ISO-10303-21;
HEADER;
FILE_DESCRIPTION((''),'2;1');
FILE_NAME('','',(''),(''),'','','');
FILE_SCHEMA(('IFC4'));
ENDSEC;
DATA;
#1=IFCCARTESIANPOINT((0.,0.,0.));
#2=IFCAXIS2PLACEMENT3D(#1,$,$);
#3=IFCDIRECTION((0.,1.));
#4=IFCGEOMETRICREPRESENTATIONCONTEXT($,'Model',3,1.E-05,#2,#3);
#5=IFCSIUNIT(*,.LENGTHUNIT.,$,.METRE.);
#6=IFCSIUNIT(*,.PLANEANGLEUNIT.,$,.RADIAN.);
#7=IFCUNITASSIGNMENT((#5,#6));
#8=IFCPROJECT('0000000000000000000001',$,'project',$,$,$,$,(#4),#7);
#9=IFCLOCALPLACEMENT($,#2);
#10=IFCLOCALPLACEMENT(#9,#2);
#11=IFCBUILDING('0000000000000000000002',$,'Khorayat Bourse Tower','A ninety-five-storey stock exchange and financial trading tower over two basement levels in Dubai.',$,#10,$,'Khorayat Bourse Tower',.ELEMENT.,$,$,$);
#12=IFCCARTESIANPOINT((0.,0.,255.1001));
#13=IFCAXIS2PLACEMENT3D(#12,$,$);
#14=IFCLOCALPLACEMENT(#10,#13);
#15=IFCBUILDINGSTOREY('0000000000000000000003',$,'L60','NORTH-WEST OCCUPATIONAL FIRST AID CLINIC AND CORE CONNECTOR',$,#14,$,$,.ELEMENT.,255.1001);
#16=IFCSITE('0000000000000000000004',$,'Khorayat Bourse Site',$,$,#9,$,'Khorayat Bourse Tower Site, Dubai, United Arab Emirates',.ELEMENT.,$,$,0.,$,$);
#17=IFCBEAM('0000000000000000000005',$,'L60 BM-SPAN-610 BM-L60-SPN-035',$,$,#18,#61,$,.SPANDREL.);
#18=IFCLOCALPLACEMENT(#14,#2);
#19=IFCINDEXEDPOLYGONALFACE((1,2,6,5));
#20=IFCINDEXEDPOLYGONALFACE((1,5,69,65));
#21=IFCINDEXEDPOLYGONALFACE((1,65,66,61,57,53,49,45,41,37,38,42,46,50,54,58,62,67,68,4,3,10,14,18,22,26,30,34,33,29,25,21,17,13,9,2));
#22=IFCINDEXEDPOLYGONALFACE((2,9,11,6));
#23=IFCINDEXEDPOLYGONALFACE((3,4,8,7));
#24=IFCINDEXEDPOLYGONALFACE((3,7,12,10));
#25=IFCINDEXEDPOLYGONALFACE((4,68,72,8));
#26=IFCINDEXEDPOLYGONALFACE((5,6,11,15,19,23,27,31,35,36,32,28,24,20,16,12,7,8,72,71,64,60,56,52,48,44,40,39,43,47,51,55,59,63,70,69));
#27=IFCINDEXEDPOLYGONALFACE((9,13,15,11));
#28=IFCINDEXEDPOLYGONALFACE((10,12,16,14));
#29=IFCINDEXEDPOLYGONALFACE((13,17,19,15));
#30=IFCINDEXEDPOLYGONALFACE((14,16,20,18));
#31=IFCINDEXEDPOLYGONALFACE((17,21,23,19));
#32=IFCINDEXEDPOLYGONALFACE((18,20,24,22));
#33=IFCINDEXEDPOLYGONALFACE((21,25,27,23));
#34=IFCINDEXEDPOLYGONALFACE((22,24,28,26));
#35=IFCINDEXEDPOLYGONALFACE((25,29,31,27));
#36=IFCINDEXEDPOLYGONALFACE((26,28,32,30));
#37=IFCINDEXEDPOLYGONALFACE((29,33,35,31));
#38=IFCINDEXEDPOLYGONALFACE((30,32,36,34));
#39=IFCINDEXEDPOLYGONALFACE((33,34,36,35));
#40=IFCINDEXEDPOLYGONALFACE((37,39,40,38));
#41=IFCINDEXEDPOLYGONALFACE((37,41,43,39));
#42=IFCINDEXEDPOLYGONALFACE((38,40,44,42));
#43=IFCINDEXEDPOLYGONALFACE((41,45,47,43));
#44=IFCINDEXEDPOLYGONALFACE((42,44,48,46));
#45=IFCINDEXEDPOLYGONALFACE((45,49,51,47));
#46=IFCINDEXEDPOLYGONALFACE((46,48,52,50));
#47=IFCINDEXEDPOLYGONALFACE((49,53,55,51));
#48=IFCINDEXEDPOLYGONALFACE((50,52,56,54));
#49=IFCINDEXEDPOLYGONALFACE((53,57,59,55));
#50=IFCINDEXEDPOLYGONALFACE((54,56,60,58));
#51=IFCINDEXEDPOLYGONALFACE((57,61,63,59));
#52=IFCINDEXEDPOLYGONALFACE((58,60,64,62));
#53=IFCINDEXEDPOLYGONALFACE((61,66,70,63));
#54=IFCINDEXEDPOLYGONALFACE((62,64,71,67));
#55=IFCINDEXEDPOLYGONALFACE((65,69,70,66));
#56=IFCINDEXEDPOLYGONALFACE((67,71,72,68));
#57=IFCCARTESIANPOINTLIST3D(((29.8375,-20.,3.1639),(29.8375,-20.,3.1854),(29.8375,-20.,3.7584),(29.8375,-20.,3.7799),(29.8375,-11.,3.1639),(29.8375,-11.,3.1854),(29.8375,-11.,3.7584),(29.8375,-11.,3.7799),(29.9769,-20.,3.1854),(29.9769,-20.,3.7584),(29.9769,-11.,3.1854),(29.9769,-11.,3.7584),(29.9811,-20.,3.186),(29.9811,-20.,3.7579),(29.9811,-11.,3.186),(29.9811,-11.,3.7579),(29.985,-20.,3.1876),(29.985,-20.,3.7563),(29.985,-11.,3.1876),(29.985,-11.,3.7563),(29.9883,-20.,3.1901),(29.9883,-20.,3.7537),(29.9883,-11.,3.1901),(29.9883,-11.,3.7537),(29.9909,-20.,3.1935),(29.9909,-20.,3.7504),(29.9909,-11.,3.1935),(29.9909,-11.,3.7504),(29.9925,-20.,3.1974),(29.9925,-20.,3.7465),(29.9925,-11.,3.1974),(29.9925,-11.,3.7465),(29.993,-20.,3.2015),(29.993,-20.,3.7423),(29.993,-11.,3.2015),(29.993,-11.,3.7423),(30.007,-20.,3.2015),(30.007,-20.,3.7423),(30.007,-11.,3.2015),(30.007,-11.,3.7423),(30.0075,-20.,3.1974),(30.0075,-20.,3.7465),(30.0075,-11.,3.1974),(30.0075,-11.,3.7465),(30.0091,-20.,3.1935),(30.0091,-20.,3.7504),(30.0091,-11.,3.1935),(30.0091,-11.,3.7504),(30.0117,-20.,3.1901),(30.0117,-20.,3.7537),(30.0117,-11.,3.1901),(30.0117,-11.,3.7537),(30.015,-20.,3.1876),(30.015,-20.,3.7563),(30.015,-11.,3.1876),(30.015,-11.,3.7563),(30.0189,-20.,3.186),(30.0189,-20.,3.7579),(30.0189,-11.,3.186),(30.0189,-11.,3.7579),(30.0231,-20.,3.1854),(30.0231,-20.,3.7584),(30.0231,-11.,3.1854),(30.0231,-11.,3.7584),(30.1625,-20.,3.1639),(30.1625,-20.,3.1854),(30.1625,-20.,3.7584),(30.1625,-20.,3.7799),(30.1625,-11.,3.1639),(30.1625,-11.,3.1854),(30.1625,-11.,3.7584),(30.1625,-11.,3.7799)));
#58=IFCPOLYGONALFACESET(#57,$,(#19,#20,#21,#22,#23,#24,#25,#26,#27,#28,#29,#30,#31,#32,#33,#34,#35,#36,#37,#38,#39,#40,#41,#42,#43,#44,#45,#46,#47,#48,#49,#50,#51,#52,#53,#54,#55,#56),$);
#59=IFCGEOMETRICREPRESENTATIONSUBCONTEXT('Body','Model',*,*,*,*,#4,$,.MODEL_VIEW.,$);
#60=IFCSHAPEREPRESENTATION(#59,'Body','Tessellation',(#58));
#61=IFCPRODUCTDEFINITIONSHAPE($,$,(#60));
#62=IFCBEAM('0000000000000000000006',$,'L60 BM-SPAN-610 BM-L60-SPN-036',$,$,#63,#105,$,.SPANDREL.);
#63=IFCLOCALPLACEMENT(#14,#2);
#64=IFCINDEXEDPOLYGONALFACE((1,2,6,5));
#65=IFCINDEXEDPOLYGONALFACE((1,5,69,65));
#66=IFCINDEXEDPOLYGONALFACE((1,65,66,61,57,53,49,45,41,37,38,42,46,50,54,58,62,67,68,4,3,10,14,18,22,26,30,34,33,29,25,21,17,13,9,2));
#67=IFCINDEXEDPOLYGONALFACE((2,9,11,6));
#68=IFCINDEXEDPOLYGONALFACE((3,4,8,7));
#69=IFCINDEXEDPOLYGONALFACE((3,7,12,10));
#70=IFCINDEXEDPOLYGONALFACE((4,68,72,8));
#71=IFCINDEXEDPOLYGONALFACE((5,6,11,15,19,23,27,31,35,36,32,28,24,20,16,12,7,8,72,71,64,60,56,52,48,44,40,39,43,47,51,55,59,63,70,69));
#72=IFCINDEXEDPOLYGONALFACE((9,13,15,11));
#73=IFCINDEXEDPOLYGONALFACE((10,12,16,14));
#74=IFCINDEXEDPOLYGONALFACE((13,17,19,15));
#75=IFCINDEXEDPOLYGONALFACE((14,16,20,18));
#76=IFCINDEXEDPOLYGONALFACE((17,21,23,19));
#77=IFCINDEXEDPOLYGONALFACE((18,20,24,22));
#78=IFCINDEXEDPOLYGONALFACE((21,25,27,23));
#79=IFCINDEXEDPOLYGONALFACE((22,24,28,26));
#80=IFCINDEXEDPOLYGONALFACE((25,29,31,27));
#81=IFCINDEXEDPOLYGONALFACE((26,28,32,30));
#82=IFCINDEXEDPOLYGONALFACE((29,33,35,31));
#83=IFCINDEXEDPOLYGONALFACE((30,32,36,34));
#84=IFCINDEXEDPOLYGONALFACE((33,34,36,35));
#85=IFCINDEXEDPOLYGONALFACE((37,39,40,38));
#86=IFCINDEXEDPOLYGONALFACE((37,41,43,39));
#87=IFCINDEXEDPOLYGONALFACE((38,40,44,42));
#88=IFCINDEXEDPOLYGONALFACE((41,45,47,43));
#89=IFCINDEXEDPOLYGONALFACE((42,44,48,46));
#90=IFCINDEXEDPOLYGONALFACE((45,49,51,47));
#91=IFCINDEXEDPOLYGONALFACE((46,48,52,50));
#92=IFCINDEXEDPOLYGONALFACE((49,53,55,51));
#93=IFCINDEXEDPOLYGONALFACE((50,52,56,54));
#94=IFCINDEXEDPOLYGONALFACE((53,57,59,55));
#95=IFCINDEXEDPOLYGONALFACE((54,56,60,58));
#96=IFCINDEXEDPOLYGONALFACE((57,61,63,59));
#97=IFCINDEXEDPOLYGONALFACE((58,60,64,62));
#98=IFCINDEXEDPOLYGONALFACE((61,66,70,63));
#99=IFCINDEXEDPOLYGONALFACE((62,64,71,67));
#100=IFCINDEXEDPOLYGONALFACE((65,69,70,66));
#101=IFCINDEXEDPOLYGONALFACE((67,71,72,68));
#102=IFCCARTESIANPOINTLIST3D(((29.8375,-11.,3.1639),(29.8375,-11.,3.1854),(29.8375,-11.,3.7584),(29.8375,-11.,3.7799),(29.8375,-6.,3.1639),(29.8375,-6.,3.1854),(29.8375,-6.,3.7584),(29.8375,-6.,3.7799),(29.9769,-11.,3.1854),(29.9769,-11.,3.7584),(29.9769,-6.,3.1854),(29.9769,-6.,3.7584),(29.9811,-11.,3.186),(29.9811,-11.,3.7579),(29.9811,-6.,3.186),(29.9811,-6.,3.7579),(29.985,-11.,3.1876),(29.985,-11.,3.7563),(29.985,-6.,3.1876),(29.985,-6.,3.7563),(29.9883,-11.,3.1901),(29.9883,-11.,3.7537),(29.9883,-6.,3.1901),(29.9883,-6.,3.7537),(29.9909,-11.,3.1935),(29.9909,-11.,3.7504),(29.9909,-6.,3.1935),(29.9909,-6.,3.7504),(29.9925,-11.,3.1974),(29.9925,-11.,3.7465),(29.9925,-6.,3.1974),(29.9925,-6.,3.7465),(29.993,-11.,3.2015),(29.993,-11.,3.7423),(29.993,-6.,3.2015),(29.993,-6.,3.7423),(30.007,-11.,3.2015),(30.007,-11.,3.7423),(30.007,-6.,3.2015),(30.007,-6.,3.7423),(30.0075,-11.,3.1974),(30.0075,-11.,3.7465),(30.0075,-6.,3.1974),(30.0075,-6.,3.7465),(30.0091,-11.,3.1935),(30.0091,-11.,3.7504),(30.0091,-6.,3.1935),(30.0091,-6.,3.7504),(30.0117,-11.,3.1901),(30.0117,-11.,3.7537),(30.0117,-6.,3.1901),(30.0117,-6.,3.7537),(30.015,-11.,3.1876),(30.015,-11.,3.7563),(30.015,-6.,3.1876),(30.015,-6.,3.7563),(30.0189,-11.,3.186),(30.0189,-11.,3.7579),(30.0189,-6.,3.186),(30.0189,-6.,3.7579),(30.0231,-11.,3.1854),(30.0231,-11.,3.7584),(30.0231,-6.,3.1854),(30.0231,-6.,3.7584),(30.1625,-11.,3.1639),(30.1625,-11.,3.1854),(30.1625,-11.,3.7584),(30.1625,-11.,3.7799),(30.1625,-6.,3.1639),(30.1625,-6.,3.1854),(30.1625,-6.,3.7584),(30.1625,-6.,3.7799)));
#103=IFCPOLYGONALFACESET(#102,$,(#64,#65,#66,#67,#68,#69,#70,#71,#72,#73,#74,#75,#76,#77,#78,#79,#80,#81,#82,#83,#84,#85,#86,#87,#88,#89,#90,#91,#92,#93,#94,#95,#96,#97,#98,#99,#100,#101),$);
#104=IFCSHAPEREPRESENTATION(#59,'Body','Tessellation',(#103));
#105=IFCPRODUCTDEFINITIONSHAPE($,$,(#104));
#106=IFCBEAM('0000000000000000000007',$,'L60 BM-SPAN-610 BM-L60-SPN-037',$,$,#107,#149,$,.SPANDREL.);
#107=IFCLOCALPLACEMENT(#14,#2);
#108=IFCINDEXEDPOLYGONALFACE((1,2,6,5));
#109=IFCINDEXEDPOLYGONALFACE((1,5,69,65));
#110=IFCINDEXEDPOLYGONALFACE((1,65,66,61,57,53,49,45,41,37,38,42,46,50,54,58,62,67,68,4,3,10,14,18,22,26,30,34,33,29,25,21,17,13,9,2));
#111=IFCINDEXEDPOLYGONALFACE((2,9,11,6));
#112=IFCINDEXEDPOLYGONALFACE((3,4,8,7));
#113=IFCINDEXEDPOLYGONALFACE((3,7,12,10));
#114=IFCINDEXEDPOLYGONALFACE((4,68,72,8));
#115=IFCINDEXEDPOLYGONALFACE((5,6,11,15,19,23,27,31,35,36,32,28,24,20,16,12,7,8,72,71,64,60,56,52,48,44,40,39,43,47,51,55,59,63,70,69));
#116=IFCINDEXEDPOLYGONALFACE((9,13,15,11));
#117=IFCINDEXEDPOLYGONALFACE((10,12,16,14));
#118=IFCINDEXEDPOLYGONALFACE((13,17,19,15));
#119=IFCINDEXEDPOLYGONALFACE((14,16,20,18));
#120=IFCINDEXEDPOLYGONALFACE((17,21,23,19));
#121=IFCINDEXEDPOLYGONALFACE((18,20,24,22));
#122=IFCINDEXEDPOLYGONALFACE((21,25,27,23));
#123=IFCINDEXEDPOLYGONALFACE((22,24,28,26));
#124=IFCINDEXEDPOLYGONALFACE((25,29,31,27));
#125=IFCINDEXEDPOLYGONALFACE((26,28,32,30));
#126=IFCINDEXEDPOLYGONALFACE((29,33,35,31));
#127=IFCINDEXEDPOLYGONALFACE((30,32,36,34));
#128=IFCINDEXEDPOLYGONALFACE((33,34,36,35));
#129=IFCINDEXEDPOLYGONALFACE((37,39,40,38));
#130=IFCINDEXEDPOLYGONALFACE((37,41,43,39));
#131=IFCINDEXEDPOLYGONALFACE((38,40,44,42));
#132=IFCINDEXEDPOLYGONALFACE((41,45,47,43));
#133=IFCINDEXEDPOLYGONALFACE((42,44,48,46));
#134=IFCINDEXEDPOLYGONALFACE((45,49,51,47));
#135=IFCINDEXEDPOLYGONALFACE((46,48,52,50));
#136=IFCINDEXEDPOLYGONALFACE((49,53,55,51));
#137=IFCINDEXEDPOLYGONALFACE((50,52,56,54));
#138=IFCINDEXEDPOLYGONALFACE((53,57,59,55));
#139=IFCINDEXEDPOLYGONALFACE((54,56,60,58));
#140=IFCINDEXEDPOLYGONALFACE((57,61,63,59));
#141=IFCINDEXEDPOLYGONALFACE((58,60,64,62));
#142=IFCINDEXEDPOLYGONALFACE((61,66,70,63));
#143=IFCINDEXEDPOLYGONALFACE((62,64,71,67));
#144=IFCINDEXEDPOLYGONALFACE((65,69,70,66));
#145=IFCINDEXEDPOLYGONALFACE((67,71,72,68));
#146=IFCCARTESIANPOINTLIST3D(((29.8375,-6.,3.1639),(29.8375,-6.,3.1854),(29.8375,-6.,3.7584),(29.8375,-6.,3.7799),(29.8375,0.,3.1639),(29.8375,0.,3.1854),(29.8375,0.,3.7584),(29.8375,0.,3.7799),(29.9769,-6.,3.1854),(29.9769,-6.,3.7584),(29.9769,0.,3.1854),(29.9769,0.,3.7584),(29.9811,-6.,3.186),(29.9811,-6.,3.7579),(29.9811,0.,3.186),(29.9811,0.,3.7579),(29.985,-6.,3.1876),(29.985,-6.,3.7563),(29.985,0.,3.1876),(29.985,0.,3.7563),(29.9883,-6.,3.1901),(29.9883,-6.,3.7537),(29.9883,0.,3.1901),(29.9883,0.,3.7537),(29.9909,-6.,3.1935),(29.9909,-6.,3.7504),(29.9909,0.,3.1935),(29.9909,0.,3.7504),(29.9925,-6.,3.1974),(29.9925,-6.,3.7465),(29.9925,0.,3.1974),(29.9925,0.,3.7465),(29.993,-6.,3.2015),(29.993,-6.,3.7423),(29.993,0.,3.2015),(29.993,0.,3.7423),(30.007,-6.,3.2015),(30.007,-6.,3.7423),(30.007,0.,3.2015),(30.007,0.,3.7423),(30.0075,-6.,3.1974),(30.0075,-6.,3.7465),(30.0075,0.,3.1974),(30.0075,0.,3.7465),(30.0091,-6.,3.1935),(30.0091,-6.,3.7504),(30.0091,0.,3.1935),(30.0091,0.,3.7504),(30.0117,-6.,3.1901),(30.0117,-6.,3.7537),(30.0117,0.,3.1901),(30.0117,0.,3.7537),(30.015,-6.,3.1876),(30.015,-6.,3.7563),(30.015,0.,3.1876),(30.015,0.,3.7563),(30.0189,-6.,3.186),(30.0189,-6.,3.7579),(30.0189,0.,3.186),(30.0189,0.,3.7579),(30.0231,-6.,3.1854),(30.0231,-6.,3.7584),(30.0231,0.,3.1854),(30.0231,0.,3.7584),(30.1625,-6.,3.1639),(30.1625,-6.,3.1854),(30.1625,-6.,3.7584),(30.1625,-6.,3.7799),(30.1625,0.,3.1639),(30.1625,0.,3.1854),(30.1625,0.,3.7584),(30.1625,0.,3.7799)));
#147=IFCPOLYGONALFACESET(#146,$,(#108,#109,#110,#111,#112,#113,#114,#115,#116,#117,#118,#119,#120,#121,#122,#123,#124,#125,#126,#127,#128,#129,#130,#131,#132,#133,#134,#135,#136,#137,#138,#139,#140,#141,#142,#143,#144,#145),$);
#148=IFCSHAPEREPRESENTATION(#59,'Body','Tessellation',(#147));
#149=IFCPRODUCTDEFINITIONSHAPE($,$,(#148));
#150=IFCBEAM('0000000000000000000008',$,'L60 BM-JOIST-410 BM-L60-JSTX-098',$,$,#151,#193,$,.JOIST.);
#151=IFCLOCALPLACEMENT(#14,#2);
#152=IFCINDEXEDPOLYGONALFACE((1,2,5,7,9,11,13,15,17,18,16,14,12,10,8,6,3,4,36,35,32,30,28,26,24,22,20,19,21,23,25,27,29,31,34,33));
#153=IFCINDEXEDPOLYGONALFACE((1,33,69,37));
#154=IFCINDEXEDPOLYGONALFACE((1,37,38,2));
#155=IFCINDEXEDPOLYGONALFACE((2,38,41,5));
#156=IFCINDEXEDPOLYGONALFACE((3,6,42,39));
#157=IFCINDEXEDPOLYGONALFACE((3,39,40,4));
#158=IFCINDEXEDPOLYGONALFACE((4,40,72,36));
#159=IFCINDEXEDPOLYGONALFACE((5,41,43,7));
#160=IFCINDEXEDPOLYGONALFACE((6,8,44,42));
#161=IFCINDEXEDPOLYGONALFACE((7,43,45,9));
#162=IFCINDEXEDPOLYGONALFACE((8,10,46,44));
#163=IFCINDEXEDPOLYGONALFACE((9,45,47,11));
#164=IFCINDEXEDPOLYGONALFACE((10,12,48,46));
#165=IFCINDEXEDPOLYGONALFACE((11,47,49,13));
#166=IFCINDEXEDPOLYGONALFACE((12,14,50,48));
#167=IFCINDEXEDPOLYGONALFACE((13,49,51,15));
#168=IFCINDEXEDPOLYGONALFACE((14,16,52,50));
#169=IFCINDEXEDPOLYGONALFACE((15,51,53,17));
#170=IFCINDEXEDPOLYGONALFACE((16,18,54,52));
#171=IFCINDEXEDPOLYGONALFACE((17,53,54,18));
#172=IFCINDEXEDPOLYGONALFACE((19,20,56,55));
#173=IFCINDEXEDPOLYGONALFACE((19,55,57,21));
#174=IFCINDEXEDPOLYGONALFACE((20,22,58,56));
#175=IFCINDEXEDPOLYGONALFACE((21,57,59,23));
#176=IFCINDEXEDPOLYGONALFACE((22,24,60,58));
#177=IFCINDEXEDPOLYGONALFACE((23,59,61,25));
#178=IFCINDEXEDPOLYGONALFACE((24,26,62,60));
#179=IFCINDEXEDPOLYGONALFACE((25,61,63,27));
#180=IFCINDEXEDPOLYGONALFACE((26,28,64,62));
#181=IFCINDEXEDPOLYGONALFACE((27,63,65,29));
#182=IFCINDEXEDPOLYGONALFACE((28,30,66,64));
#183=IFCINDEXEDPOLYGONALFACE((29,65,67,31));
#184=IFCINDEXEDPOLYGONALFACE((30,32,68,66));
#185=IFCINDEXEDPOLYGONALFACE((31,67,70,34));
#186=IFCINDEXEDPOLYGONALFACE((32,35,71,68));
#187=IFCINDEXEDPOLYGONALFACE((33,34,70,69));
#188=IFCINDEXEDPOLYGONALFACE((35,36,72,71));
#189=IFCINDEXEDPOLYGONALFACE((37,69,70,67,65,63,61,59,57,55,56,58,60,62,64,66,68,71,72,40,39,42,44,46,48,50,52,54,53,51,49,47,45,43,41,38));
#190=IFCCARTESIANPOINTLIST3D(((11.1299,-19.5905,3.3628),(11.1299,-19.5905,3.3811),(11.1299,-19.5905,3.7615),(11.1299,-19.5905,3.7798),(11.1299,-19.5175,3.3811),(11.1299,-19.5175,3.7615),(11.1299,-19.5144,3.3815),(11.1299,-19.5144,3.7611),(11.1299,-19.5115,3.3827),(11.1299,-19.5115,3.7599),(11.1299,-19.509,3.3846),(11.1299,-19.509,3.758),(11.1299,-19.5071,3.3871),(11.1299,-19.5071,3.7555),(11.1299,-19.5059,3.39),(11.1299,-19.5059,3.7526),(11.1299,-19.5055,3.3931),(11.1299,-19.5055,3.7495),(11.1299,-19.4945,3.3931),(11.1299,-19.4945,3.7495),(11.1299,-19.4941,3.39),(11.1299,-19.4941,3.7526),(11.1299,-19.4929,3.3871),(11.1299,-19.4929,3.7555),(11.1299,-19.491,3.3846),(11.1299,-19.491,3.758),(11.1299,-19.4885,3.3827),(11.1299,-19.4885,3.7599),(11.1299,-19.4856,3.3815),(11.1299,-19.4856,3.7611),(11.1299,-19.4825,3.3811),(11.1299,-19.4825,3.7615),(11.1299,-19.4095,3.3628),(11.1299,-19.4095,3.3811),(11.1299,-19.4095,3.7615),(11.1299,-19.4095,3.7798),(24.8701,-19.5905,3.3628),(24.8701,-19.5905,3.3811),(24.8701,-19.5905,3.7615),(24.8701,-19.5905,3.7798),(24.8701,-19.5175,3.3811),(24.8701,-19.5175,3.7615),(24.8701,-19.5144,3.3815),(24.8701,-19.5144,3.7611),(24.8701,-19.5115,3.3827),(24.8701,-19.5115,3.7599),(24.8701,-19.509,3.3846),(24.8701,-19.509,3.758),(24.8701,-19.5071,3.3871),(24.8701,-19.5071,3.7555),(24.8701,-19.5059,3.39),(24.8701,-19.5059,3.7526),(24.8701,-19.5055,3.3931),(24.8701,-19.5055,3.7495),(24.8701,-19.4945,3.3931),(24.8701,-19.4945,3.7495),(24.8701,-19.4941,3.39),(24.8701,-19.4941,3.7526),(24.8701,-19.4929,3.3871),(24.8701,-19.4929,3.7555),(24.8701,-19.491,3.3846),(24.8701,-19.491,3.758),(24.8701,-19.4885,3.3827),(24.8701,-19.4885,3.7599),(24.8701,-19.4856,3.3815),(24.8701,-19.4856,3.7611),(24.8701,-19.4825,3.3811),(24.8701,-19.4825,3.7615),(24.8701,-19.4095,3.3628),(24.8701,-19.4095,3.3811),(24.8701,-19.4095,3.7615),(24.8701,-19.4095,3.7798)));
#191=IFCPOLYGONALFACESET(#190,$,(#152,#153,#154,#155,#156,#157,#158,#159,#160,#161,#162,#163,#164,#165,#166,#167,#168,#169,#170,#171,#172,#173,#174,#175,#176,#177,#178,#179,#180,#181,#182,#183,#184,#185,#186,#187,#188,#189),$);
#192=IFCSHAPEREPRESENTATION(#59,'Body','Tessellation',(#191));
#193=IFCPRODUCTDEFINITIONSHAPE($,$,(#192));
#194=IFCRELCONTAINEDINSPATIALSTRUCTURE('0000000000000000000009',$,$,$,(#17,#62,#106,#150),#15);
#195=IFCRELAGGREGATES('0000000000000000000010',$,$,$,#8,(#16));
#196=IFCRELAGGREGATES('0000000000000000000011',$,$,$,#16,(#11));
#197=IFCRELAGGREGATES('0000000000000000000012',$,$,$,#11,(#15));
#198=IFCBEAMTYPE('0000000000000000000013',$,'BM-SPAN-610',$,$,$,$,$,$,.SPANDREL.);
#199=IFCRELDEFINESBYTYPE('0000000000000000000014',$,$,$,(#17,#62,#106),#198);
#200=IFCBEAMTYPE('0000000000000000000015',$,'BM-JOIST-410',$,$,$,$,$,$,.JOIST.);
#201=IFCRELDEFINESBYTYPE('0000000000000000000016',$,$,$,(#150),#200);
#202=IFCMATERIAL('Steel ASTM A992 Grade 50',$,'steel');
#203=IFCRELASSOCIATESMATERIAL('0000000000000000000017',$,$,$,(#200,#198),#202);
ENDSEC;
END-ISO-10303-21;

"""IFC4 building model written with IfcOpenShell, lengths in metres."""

from ifc_helpers import new_model, si_unit, direction, frame, origin, origin_2d, place, context, subcontext, project, spatial, i_section, extrude, source, transform, mapped, material, material_profile, profile_set, type_object, element, save


model = new_model("IFC4")

# Units and contexts
model_context = context("Model", 3, precision=1e-05, world=origin(), true_north=direction((0.0, 1.0)))
body_context = subcontext(model_context, "Body", "Model", "MODEL_VIEW")
ifc_project = project(units=[si_unit("LENGTHUNIT", "METRE"), si_unit("PLANEANGLEUNIT", "RADIAN")], contexts=[model_context])

# Site, building, storey
site_placement = place(None, origin())
site = spatial("IfcSite", under=ifc_project, at=site_placement, Name="Khorayat Bourse Site", LongName="Khorayat Bourse Tower Site, Dubai, United Arab Emirates", CompositionType="ELEMENT", RefElevation=0.0)
building_placement = place(site_placement, origin())
building = spatial("IfcBuilding", under=site, at=building_placement, Name="Khorayat Bourse Tower", Description="A ninety-five-storey stock exchange and financial trading tower over two basement levels in Dubai.", LongName="Khorayat Bourse Tower", CompositionType="ELEMENT")
storey_placement = place(building_placement, frame((0.0, 0.0, 255.1001)))
storey = spatial("IfcBuildingStorey", under=building, at=storey_placement, Name="L60", Description="NORTH-WEST OCCUPATIONAL FIRST AID CLINIC AND CORE CONNECTOR", CompositionType="ELEMENT", Elevation=255.1001)

# Beams
ifc_material_1 = material(Name="Steel ASTM A992 Grade 50", Category="steel")
ifc_material_profile_1 = material_profile(ifc_material_1, i_section(OverallWidth=0.1809, OverallDepth=0.417, WebThickness=0.011, FlangeThickness=0.0183, FilletRadius=0.012, at=origin_2d()), Name="W410X85")
ifc_profile_set_1 = profile_set([ifc_material_profile_1], Name="Steel ASTM A992 Grade 50")
beam_type_1 = type_object("IfcBeamType", Name="BM-JOIST-410", PredefinedType="JOIST", material=ifc_profile_set_1)
ifc_material_profile_2 = material_profile(ifc_material_1, i_section(OverallWidth=0.325, OverallDepth=0.616, WebThickness=0.0139, FlangeThickness=0.0215, FilletRadius=0.0161, at=origin_2d()), Name="W610X174")
ifc_profile_set_2 = profile_set([ifc_material_profile_2], Name="Steel ASTM A992 Grade 50")
beam_type_2 = type_object("IfcBeamType", Name="BM-SPAN-610", PredefinedType="SPANDREL", material=ifc_profile_set_2)
shared_shape_1 = source(origin(), body_context, "Body", "SweptSolid", [
    extrude(i_section(OverallWidth=0.325, OverallDepth=0.616, WebThickness=0.0139, FlangeThickness=0.0215, FilletRadius=0.0161, at=origin_2d()), origin(), (0.0, 0.0, 1.0), 9.0),
])
beam_1_placement = place(storey_placement, frame((30.0, -20.0, 3.4719), z_axis=(0.0, 1.0, 0.0), x_axis=(-1.0, 0.0, 0.0)))
element("IfcBeam", 1, at=beam_1_placement, inside=storey, type_object=beam_type_2, Name="L60 BM-SPAN-610 BM-L60-SPN-035", PredefinedType="SPANDREL", context=body_context, shape_type="MappedRepresentation", body=[
    mapped(shared_shape_1, transform((0.0, 0.0, 0.0), scale=1.0)),
])
shared_shape_2 = source(origin(), body_context, "Body", "SweptSolid", [
    extrude(i_section(OverallWidth=0.325, OverallDepth=0.616, WebThickness=0.0139, FlangeThickness=0.0215, FilletRadius=0.0161, at=origin_2d()), origin(), (0.0, 0.0, 1.0), 5.0),
])
beam_2_placement = place(storey_placement, frame((30.0, -11.0, 3.4719), z_axis=(0.0, 1.0, 0.0), x_axis=(-1.0, 0.0, 0.0)))
element("IfcBeam", 2, at=beam_2_placement, inside=storey, type_object=beam_type_2, Name="L60 BM-SPAN-610 BM-L60-SPN-036", PredefinedType="SPANDREL", context=body_context, shape_type="MappedRepresentation", body=[
    mapped(shared_shape_2, transform((0.0, 0.0, 0.0), scale=1.0)),
])
shared_shape_3 = source(origin(), body_context, "Body", "SweptSolid", [
    extrude(i_section(OverallWidth=0.325, OverallDepth=0.616, WebThickness=0.0139, FlangeThickness=0.0215, FilletRadius=0.0161, at=origin_2d()), origin(), (0.0, 0.0, 1.0), 6.0),
])
beam_3_placement = place(storey_placement, frame((30.0, -6.0, 3.4719), z_axis=(0.0, 1.0, 0.0), x_axis=(-1.0, 0.0, 0.0)))
element("IfcBeam", 3, at=beam_3_placement, inside=storey, type_object=beam_type_2, Name="L60 BM-SPAN-610 BM-L60-SPN-037", PredefinedType="SPANDREL", context=body_context, shape_type="MappedRepresentation", body=[
    mapped(shared_shape_3, transform((0.0, 0.0, 0.0), scale=1.0)),
])
shared_shape_4 = source(origin(), body_context, "Body", "SweptSolid", [
    extrude(i_section(OverallWidth=0.1809, OverallDepth=0.417, WebThickness=0.011, FlangeThickness=0.0183, FilletRadius=0.012, at=origin_2d()), origin(), (0.0, 0.0, 1.0), 13.7402),
])
beam_4_placement = place(storey_placement, frame((11.1299, -19.5, 3.5713), z_axis=(1.0, 0.0, 0.0), x_axis=(0.0, 1.0, 0.0)))
element("IfcBeam", 4, at=beam_4_placement, inside=storey, type_object=beam_type_1, Name="L60 BM-JOIST-410 BM-L60-JSTX-098", PredefinedType="JOIST", context=body_context, shape_type="MappedRepresentation", body=[
    mapped(shared_shape_4, transform((0.0, 0.0, 0.0), scale=1.0)),
])

save(model, "model.ifc")
